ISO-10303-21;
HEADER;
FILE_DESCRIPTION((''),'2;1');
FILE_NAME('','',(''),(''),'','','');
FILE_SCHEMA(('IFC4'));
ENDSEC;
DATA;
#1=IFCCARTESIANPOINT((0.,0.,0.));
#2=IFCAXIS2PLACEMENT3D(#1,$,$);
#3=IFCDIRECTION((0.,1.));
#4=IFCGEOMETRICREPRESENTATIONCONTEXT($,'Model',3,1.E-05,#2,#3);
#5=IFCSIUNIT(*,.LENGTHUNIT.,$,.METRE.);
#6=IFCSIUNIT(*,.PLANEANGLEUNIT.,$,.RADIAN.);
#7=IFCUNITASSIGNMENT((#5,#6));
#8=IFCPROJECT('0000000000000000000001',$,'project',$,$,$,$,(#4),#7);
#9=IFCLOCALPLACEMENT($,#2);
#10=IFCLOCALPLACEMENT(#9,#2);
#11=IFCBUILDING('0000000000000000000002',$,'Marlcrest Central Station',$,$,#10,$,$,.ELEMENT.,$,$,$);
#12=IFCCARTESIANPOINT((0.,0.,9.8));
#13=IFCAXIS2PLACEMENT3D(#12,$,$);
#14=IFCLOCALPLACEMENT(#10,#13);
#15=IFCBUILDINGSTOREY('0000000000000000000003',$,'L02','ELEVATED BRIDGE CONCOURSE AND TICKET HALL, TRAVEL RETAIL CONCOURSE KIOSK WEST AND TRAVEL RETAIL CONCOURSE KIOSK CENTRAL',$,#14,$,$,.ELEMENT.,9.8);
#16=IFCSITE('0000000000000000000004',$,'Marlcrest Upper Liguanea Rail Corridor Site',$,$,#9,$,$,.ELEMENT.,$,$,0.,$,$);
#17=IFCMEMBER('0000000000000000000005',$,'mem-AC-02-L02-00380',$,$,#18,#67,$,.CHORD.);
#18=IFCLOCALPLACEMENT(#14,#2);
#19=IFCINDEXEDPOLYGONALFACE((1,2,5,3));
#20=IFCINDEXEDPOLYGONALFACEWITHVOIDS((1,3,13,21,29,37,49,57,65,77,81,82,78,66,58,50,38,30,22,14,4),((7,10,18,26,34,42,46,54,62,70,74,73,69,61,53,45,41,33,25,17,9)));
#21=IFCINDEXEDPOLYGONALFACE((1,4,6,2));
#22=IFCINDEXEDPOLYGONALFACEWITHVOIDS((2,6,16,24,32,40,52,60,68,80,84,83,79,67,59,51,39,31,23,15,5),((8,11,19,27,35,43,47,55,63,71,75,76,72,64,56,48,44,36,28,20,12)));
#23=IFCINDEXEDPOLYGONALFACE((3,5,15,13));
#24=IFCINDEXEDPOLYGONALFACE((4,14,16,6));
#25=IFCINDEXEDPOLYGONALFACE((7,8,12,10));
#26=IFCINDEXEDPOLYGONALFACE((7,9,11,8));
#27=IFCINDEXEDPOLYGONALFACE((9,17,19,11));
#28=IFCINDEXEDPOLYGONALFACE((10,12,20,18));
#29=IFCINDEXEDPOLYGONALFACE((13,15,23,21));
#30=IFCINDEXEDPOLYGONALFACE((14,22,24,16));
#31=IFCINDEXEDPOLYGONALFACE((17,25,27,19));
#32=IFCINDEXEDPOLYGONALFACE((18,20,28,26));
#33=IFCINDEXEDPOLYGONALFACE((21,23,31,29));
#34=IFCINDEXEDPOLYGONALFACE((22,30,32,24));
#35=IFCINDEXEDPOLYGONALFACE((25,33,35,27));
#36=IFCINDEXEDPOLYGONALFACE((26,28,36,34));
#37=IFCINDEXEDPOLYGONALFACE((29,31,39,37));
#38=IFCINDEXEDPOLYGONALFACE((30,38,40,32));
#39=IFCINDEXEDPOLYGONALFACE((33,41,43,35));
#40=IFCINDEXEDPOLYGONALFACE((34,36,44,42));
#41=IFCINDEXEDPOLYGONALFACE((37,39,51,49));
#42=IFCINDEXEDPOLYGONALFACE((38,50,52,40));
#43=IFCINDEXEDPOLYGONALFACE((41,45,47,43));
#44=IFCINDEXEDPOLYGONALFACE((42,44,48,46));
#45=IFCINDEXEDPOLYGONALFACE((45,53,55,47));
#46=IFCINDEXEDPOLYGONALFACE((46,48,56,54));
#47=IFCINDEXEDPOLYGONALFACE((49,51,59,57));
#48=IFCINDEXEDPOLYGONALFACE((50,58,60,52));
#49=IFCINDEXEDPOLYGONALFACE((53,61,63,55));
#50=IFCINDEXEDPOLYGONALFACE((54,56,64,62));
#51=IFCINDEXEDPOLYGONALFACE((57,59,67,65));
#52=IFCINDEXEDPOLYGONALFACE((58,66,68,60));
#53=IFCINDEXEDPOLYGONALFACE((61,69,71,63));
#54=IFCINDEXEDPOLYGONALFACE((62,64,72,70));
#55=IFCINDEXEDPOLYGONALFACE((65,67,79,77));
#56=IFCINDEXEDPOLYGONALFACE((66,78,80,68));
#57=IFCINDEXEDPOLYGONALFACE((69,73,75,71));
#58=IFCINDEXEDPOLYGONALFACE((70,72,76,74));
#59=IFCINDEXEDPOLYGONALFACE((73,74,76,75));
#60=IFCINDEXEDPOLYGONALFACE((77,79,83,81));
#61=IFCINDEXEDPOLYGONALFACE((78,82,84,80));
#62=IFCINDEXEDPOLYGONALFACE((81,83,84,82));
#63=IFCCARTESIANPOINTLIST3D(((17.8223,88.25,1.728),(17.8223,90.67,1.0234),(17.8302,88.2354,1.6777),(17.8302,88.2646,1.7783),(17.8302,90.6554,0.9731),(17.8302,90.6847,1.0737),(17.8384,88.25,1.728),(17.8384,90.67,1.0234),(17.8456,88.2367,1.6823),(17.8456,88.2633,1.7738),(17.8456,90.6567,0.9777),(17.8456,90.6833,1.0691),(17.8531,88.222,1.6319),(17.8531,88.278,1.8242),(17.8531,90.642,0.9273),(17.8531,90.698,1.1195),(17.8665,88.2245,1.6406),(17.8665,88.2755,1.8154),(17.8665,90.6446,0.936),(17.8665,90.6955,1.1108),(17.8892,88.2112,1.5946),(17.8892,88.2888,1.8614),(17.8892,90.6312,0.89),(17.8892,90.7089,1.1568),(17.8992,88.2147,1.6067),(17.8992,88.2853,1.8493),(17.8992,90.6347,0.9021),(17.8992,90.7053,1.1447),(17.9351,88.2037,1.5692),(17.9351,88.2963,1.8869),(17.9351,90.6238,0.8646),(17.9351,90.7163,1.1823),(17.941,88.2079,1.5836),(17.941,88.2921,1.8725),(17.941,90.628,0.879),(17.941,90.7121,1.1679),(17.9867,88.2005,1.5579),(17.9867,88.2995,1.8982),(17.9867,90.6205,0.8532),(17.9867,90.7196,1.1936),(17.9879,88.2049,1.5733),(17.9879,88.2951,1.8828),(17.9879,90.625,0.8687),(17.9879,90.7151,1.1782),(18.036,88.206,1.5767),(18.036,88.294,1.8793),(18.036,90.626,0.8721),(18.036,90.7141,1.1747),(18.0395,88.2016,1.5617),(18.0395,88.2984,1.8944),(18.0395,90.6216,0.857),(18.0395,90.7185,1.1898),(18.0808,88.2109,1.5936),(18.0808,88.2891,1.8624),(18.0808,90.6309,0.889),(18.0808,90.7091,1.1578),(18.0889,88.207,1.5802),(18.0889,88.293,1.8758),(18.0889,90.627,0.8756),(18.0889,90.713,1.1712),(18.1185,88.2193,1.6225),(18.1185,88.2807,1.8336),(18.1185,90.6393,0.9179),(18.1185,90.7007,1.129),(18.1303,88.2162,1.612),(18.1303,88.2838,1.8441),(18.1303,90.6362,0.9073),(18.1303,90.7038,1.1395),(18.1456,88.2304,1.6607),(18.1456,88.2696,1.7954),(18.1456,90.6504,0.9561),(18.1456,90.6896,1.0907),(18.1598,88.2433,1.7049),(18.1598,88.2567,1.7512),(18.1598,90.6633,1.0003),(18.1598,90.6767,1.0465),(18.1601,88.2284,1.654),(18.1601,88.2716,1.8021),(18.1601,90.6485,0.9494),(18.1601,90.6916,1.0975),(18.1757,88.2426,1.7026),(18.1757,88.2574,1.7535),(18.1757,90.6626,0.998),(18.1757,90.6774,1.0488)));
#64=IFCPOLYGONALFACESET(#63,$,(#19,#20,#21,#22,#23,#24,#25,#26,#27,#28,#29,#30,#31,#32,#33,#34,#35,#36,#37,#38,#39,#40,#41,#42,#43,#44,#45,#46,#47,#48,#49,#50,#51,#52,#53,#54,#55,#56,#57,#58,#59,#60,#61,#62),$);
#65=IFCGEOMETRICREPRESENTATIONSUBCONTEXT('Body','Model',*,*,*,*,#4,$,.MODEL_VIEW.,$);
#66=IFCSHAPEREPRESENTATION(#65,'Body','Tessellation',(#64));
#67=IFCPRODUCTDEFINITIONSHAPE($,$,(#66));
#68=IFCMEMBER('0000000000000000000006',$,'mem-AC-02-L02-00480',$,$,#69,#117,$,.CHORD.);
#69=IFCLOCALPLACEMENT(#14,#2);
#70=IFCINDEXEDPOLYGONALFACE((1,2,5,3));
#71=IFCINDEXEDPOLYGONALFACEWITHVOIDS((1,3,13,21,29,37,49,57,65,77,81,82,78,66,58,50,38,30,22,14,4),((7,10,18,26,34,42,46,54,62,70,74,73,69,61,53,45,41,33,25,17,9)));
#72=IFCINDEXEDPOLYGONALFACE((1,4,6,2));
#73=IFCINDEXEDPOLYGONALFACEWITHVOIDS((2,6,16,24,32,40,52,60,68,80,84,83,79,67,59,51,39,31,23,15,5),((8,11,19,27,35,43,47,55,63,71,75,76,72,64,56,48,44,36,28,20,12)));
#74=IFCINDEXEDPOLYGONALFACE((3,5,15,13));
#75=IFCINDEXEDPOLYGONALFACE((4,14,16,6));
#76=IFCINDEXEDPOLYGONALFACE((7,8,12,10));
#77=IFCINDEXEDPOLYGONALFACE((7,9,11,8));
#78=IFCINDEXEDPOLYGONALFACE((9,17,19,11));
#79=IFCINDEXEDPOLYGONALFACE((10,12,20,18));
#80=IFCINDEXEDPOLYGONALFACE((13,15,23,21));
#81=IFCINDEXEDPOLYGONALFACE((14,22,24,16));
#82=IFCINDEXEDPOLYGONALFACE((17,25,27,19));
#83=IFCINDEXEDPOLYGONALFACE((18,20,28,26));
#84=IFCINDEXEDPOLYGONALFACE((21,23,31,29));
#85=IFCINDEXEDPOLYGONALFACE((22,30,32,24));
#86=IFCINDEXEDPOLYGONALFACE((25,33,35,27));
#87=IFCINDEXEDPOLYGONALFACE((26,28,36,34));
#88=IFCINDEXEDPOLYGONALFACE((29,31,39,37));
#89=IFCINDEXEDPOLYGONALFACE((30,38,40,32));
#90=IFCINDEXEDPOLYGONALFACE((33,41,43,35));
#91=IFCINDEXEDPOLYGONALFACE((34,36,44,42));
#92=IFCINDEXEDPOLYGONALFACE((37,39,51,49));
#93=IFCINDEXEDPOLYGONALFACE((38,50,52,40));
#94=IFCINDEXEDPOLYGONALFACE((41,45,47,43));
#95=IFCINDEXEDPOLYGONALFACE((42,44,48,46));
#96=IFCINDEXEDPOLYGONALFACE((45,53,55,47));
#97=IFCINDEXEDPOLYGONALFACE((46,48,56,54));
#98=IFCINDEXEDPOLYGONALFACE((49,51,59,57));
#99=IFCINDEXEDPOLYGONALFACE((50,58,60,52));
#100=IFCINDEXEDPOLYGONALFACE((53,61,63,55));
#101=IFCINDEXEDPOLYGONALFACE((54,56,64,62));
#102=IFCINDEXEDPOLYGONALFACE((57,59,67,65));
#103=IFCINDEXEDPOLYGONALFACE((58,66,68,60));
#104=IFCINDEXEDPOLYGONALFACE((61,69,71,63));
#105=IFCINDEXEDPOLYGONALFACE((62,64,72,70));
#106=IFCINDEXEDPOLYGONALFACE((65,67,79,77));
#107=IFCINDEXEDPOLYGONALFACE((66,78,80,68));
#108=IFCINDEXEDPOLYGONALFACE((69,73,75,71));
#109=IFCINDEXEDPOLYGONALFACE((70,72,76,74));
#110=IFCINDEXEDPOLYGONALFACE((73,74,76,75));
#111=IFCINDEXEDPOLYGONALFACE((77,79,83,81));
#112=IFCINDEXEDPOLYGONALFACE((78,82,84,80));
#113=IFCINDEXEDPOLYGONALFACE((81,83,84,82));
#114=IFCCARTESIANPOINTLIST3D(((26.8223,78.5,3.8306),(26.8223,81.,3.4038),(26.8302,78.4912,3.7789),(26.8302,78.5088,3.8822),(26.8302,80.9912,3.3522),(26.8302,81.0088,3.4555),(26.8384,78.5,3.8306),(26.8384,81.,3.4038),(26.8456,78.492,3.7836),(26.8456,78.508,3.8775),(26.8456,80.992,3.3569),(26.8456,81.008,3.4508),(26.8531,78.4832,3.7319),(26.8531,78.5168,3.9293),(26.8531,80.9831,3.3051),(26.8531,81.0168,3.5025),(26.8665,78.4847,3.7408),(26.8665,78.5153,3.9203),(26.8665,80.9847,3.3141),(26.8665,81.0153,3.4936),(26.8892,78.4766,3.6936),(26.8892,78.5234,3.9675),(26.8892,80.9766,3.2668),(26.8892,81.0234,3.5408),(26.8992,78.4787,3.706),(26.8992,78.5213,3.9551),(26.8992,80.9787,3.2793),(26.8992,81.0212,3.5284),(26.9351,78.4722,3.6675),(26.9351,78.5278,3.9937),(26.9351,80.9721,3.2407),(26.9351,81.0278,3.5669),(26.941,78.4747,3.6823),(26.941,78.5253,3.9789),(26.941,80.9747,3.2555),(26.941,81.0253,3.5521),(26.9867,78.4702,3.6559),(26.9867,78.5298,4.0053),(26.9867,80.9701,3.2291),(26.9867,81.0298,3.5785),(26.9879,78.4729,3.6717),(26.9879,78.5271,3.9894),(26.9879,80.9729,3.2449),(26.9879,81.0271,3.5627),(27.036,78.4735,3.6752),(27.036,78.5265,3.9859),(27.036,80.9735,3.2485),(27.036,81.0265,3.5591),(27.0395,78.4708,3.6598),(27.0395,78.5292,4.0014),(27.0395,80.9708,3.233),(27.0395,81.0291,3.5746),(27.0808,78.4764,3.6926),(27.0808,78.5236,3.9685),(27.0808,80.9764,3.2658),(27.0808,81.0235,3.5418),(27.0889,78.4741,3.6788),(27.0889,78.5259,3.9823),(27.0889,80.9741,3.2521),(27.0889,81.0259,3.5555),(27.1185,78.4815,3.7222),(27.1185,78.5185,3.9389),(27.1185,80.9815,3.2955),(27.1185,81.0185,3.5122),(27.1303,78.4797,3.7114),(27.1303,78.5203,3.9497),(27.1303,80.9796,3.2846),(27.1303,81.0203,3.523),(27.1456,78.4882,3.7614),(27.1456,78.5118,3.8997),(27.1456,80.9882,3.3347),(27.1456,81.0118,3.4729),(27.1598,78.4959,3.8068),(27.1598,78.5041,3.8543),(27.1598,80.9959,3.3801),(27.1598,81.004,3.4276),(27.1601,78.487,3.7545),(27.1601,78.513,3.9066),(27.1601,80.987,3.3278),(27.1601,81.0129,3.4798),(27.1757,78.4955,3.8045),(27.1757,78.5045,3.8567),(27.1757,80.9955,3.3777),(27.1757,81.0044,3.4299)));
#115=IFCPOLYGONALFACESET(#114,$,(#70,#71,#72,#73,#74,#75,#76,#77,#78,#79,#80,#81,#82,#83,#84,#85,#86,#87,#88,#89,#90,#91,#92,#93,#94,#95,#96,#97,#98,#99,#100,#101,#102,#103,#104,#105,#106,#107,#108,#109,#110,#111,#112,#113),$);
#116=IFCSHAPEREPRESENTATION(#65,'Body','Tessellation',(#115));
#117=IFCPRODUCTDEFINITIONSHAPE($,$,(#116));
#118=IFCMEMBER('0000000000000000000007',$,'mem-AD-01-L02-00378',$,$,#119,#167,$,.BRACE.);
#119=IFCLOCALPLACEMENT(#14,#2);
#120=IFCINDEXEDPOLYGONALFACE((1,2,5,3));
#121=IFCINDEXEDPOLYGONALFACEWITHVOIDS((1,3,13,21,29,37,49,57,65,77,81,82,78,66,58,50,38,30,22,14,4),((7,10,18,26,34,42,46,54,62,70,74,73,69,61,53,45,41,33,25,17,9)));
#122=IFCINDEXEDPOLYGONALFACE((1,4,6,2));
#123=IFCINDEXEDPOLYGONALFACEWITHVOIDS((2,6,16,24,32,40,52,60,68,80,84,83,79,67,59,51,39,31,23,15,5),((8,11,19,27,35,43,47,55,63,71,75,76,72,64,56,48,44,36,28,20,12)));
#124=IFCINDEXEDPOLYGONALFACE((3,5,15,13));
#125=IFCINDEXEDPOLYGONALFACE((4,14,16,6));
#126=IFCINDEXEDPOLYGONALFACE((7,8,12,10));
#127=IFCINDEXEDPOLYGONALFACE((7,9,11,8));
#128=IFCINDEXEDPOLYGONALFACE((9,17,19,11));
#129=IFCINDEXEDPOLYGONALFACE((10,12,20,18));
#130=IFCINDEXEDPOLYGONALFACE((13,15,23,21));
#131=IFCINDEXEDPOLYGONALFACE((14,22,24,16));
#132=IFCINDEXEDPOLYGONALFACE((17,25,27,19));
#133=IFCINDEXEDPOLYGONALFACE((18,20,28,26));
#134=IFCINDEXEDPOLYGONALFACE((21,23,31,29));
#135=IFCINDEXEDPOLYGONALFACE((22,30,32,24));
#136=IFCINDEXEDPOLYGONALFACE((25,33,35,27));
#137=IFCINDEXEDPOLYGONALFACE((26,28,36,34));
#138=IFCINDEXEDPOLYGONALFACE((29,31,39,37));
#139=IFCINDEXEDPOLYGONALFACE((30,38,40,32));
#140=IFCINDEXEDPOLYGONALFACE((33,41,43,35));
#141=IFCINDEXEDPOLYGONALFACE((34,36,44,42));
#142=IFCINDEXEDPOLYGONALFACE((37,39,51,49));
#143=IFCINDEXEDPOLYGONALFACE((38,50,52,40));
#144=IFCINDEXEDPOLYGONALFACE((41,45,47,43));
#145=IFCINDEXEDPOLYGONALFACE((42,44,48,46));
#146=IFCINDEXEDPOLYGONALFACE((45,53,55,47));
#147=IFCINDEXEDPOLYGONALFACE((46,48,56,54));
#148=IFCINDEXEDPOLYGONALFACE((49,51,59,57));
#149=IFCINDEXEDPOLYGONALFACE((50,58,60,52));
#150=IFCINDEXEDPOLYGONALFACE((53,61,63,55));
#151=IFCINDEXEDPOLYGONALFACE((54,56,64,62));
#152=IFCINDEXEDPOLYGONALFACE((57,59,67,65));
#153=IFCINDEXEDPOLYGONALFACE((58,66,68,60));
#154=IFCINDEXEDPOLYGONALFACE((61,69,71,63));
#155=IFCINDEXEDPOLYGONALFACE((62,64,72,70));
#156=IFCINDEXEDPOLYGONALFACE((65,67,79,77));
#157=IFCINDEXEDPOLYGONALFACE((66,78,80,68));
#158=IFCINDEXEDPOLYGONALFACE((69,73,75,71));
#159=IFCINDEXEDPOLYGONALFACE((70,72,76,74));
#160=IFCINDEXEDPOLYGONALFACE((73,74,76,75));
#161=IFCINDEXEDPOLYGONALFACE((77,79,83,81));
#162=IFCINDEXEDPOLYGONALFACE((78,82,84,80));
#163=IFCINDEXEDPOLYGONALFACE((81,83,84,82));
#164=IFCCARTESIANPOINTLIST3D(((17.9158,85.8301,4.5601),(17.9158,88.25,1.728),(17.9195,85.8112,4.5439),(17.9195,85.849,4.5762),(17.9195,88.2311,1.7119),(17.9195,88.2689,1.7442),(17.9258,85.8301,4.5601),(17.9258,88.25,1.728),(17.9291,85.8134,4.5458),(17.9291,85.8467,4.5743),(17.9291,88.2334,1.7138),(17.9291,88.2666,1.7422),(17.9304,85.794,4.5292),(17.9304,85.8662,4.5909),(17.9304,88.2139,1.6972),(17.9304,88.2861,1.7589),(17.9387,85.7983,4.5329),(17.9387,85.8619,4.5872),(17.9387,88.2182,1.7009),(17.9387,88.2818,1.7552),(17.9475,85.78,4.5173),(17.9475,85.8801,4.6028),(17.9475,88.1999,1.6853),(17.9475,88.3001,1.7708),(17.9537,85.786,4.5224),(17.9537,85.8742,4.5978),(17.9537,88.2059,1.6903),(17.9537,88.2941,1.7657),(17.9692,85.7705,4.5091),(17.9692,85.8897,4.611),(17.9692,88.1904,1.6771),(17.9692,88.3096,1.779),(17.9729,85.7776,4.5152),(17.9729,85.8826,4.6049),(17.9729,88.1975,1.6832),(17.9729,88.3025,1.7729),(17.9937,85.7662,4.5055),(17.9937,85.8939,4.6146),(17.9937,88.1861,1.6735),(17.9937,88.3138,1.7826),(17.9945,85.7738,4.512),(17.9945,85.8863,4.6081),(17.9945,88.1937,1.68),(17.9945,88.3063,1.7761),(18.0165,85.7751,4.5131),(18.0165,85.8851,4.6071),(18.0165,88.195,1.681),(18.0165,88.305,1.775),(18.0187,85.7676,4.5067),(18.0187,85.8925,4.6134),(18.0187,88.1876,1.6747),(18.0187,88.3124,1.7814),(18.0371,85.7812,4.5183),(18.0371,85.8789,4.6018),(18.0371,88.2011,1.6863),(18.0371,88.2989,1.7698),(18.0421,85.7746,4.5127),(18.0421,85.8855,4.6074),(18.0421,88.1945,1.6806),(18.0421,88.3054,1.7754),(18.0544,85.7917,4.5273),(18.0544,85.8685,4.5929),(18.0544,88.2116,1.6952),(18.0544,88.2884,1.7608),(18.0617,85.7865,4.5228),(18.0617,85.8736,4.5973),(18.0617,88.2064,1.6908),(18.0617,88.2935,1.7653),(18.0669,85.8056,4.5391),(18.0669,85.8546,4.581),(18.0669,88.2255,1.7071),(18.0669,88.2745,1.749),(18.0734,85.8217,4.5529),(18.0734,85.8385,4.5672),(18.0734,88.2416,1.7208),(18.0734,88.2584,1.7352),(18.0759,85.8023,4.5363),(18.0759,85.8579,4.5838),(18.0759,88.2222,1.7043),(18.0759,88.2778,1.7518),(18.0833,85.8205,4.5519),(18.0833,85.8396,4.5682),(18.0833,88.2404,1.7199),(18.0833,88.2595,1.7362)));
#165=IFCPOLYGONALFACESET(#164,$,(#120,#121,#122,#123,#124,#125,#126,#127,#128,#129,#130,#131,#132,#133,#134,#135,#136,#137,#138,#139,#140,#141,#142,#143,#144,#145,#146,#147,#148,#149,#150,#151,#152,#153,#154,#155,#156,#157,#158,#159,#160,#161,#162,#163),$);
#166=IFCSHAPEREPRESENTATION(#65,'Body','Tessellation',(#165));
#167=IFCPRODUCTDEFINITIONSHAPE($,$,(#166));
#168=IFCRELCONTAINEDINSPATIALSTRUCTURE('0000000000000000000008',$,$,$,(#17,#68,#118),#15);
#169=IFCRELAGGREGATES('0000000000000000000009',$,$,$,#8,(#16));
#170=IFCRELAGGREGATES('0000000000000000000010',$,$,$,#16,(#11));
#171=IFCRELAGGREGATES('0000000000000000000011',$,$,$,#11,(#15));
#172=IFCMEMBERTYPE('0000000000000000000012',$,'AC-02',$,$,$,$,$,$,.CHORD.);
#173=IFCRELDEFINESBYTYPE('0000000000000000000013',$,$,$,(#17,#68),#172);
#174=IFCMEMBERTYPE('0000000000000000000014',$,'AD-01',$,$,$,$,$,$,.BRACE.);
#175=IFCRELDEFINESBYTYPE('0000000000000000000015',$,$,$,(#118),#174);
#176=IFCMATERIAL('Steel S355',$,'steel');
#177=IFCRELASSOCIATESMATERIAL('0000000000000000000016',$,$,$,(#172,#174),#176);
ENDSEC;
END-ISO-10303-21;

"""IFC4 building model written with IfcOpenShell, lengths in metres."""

from ifc_helpers import new_model, si_unit, direction, frame, origin, origin_2d, place, context, subcontext, project, spatial, hollow_circle, extrude, material, material_profile, profile_set, type_object, element, save


model = new_model("IFC4")

# Units and contexts
model_context = context("Model", 3, precision=1e-05, world=origin(), true_north=direction((0.0, 1.0)))
body_context = subcontext(model_context, "Body", "Model", "MODEL_VIEW")
ifc_project = project(units=[si_unit("LENGTHUNIT", "METRE"), si_unit("PLANEANGLEUNIT", "RADIAN")], contexts=[model_context])

# Site, building, storey
site_placement = place(None, origin())
site = spatial("IfcSite", under=ifc_project, at=site_placement, Name="Marlcrest Upper Liguanea Rail Corridor Site", CompositionType="ELEMENT", RefElevation=0.0)
building_placement = place(site_placement, origin())
building = spatial("IfcBuilding", under=site, at=building_placement, Name="Marlcrest Central Station", CompositionType="ELEMENT")
storey_placement = place(building_placement, frame((0.0, 0.0, 9.8)))
storey = spatial("IfcBuildingStorey", under=building, at=storey_placement, Name="L02", Description="ELEVATED BRIDGE CONCOURSE AND TICKET HALL, TRAVEL RETAIL CONCOURSE KIOSK WEST AND TRAVEL RETAIL CONCOURSE KIOSK CENTRAL", CompositionType="ELEMENT", Elevation=9.8)

# Members
ifc_material_1 = material(Name="Steel S355", Category="steel")
ifc_material_profile_1 = material_profile(ifc_material_1, hollow_circle(Radius=0.1777, WallThickness=0.0161, at=origin_2d()), Name="CHS 355.6x16")
ifc_profile_set_1 = profile_set([ifc_material_profile_1], Name="Steel S355")
member_type_1 = type_object("IfcMemberType", Name="AC-02", PredefinedType="CHORD", material=ifc_profile_set_1)
member_1_placement = place(storey_placement, frame((18.0, 88.25, 1.728), z_axis=(0.0, 0.96013, -0.279554), x_axis=(-1.0, 0.0, 0.0)))
element("IfcMember", 1, at=member_1_placement, inside=storey, type_object=member_type_1, Name="mem-AC-02-L02-00380", PredefinedType="CHORD", context=body_context, shape_type="SweptSolid", body=[
    extrude(hollow_circle(Radius=0.1777, WallThickness=0.0161, at=origin_2d()), origin(), (0.0, 0.0, 1.0), 2.5205),
])
member_2_placement = place(storey_placement, frame((27.0, 78.5, 3.8306), z_axis=(0.0, 0.985741, -0.168269), x_axis=(-1.0, 0.0, 0.0)))
element("IfcMember", 2, at=member_2_placement, inside=storey, type_object=member_type_1, Name="mem-AC-02-L02-00480", PredefinedType="CHORD", context=body_context, shape_type="SweptSolid", body=[
    extrude(hollow_circle(Radius=0.1777, WallThickness=0.0161, at=origin_2d()), origin(), (0.0, 0.0, 1.0), 2.5361),
])
ifc_material_profile_2 = material_profile(ifc_material_1, hollow_circle(Radius=0.0842, WallThickness=0.01, at=origin_2d()), Name="CHS 168.3x10")
ifc_profile_set_2 = profile_set([ifc_material_profile_2], Name="Steel S355")
member_type_2 = type_object("IfcMemberType", Name="AD-01", PredefinedType="BRACE", material=ifc_profile_set_2)
member_3_placement = place(storey_placement, frame((18.0, 85.8301, 4.5601), z_axis=(0.0, 0.649625, -0.760255), x_axis=(-1.0, 0.0, 0.0)))
element("IfcMember", 3, at=member_3_placement, inside=storey, type_object=member_type_2, Name="mem-AD-01-L02-00378", PredefinedType="BRACE", context=body_context, shape_type="SweptSolid", body=[
    extrude(hollow_circle(Radius=0.0842, WallThickness=0.01, at=origin_2d()), origin(), (0.0, 0.0, 1.0), 3.7251),
])

save(model, "model.ifc")
